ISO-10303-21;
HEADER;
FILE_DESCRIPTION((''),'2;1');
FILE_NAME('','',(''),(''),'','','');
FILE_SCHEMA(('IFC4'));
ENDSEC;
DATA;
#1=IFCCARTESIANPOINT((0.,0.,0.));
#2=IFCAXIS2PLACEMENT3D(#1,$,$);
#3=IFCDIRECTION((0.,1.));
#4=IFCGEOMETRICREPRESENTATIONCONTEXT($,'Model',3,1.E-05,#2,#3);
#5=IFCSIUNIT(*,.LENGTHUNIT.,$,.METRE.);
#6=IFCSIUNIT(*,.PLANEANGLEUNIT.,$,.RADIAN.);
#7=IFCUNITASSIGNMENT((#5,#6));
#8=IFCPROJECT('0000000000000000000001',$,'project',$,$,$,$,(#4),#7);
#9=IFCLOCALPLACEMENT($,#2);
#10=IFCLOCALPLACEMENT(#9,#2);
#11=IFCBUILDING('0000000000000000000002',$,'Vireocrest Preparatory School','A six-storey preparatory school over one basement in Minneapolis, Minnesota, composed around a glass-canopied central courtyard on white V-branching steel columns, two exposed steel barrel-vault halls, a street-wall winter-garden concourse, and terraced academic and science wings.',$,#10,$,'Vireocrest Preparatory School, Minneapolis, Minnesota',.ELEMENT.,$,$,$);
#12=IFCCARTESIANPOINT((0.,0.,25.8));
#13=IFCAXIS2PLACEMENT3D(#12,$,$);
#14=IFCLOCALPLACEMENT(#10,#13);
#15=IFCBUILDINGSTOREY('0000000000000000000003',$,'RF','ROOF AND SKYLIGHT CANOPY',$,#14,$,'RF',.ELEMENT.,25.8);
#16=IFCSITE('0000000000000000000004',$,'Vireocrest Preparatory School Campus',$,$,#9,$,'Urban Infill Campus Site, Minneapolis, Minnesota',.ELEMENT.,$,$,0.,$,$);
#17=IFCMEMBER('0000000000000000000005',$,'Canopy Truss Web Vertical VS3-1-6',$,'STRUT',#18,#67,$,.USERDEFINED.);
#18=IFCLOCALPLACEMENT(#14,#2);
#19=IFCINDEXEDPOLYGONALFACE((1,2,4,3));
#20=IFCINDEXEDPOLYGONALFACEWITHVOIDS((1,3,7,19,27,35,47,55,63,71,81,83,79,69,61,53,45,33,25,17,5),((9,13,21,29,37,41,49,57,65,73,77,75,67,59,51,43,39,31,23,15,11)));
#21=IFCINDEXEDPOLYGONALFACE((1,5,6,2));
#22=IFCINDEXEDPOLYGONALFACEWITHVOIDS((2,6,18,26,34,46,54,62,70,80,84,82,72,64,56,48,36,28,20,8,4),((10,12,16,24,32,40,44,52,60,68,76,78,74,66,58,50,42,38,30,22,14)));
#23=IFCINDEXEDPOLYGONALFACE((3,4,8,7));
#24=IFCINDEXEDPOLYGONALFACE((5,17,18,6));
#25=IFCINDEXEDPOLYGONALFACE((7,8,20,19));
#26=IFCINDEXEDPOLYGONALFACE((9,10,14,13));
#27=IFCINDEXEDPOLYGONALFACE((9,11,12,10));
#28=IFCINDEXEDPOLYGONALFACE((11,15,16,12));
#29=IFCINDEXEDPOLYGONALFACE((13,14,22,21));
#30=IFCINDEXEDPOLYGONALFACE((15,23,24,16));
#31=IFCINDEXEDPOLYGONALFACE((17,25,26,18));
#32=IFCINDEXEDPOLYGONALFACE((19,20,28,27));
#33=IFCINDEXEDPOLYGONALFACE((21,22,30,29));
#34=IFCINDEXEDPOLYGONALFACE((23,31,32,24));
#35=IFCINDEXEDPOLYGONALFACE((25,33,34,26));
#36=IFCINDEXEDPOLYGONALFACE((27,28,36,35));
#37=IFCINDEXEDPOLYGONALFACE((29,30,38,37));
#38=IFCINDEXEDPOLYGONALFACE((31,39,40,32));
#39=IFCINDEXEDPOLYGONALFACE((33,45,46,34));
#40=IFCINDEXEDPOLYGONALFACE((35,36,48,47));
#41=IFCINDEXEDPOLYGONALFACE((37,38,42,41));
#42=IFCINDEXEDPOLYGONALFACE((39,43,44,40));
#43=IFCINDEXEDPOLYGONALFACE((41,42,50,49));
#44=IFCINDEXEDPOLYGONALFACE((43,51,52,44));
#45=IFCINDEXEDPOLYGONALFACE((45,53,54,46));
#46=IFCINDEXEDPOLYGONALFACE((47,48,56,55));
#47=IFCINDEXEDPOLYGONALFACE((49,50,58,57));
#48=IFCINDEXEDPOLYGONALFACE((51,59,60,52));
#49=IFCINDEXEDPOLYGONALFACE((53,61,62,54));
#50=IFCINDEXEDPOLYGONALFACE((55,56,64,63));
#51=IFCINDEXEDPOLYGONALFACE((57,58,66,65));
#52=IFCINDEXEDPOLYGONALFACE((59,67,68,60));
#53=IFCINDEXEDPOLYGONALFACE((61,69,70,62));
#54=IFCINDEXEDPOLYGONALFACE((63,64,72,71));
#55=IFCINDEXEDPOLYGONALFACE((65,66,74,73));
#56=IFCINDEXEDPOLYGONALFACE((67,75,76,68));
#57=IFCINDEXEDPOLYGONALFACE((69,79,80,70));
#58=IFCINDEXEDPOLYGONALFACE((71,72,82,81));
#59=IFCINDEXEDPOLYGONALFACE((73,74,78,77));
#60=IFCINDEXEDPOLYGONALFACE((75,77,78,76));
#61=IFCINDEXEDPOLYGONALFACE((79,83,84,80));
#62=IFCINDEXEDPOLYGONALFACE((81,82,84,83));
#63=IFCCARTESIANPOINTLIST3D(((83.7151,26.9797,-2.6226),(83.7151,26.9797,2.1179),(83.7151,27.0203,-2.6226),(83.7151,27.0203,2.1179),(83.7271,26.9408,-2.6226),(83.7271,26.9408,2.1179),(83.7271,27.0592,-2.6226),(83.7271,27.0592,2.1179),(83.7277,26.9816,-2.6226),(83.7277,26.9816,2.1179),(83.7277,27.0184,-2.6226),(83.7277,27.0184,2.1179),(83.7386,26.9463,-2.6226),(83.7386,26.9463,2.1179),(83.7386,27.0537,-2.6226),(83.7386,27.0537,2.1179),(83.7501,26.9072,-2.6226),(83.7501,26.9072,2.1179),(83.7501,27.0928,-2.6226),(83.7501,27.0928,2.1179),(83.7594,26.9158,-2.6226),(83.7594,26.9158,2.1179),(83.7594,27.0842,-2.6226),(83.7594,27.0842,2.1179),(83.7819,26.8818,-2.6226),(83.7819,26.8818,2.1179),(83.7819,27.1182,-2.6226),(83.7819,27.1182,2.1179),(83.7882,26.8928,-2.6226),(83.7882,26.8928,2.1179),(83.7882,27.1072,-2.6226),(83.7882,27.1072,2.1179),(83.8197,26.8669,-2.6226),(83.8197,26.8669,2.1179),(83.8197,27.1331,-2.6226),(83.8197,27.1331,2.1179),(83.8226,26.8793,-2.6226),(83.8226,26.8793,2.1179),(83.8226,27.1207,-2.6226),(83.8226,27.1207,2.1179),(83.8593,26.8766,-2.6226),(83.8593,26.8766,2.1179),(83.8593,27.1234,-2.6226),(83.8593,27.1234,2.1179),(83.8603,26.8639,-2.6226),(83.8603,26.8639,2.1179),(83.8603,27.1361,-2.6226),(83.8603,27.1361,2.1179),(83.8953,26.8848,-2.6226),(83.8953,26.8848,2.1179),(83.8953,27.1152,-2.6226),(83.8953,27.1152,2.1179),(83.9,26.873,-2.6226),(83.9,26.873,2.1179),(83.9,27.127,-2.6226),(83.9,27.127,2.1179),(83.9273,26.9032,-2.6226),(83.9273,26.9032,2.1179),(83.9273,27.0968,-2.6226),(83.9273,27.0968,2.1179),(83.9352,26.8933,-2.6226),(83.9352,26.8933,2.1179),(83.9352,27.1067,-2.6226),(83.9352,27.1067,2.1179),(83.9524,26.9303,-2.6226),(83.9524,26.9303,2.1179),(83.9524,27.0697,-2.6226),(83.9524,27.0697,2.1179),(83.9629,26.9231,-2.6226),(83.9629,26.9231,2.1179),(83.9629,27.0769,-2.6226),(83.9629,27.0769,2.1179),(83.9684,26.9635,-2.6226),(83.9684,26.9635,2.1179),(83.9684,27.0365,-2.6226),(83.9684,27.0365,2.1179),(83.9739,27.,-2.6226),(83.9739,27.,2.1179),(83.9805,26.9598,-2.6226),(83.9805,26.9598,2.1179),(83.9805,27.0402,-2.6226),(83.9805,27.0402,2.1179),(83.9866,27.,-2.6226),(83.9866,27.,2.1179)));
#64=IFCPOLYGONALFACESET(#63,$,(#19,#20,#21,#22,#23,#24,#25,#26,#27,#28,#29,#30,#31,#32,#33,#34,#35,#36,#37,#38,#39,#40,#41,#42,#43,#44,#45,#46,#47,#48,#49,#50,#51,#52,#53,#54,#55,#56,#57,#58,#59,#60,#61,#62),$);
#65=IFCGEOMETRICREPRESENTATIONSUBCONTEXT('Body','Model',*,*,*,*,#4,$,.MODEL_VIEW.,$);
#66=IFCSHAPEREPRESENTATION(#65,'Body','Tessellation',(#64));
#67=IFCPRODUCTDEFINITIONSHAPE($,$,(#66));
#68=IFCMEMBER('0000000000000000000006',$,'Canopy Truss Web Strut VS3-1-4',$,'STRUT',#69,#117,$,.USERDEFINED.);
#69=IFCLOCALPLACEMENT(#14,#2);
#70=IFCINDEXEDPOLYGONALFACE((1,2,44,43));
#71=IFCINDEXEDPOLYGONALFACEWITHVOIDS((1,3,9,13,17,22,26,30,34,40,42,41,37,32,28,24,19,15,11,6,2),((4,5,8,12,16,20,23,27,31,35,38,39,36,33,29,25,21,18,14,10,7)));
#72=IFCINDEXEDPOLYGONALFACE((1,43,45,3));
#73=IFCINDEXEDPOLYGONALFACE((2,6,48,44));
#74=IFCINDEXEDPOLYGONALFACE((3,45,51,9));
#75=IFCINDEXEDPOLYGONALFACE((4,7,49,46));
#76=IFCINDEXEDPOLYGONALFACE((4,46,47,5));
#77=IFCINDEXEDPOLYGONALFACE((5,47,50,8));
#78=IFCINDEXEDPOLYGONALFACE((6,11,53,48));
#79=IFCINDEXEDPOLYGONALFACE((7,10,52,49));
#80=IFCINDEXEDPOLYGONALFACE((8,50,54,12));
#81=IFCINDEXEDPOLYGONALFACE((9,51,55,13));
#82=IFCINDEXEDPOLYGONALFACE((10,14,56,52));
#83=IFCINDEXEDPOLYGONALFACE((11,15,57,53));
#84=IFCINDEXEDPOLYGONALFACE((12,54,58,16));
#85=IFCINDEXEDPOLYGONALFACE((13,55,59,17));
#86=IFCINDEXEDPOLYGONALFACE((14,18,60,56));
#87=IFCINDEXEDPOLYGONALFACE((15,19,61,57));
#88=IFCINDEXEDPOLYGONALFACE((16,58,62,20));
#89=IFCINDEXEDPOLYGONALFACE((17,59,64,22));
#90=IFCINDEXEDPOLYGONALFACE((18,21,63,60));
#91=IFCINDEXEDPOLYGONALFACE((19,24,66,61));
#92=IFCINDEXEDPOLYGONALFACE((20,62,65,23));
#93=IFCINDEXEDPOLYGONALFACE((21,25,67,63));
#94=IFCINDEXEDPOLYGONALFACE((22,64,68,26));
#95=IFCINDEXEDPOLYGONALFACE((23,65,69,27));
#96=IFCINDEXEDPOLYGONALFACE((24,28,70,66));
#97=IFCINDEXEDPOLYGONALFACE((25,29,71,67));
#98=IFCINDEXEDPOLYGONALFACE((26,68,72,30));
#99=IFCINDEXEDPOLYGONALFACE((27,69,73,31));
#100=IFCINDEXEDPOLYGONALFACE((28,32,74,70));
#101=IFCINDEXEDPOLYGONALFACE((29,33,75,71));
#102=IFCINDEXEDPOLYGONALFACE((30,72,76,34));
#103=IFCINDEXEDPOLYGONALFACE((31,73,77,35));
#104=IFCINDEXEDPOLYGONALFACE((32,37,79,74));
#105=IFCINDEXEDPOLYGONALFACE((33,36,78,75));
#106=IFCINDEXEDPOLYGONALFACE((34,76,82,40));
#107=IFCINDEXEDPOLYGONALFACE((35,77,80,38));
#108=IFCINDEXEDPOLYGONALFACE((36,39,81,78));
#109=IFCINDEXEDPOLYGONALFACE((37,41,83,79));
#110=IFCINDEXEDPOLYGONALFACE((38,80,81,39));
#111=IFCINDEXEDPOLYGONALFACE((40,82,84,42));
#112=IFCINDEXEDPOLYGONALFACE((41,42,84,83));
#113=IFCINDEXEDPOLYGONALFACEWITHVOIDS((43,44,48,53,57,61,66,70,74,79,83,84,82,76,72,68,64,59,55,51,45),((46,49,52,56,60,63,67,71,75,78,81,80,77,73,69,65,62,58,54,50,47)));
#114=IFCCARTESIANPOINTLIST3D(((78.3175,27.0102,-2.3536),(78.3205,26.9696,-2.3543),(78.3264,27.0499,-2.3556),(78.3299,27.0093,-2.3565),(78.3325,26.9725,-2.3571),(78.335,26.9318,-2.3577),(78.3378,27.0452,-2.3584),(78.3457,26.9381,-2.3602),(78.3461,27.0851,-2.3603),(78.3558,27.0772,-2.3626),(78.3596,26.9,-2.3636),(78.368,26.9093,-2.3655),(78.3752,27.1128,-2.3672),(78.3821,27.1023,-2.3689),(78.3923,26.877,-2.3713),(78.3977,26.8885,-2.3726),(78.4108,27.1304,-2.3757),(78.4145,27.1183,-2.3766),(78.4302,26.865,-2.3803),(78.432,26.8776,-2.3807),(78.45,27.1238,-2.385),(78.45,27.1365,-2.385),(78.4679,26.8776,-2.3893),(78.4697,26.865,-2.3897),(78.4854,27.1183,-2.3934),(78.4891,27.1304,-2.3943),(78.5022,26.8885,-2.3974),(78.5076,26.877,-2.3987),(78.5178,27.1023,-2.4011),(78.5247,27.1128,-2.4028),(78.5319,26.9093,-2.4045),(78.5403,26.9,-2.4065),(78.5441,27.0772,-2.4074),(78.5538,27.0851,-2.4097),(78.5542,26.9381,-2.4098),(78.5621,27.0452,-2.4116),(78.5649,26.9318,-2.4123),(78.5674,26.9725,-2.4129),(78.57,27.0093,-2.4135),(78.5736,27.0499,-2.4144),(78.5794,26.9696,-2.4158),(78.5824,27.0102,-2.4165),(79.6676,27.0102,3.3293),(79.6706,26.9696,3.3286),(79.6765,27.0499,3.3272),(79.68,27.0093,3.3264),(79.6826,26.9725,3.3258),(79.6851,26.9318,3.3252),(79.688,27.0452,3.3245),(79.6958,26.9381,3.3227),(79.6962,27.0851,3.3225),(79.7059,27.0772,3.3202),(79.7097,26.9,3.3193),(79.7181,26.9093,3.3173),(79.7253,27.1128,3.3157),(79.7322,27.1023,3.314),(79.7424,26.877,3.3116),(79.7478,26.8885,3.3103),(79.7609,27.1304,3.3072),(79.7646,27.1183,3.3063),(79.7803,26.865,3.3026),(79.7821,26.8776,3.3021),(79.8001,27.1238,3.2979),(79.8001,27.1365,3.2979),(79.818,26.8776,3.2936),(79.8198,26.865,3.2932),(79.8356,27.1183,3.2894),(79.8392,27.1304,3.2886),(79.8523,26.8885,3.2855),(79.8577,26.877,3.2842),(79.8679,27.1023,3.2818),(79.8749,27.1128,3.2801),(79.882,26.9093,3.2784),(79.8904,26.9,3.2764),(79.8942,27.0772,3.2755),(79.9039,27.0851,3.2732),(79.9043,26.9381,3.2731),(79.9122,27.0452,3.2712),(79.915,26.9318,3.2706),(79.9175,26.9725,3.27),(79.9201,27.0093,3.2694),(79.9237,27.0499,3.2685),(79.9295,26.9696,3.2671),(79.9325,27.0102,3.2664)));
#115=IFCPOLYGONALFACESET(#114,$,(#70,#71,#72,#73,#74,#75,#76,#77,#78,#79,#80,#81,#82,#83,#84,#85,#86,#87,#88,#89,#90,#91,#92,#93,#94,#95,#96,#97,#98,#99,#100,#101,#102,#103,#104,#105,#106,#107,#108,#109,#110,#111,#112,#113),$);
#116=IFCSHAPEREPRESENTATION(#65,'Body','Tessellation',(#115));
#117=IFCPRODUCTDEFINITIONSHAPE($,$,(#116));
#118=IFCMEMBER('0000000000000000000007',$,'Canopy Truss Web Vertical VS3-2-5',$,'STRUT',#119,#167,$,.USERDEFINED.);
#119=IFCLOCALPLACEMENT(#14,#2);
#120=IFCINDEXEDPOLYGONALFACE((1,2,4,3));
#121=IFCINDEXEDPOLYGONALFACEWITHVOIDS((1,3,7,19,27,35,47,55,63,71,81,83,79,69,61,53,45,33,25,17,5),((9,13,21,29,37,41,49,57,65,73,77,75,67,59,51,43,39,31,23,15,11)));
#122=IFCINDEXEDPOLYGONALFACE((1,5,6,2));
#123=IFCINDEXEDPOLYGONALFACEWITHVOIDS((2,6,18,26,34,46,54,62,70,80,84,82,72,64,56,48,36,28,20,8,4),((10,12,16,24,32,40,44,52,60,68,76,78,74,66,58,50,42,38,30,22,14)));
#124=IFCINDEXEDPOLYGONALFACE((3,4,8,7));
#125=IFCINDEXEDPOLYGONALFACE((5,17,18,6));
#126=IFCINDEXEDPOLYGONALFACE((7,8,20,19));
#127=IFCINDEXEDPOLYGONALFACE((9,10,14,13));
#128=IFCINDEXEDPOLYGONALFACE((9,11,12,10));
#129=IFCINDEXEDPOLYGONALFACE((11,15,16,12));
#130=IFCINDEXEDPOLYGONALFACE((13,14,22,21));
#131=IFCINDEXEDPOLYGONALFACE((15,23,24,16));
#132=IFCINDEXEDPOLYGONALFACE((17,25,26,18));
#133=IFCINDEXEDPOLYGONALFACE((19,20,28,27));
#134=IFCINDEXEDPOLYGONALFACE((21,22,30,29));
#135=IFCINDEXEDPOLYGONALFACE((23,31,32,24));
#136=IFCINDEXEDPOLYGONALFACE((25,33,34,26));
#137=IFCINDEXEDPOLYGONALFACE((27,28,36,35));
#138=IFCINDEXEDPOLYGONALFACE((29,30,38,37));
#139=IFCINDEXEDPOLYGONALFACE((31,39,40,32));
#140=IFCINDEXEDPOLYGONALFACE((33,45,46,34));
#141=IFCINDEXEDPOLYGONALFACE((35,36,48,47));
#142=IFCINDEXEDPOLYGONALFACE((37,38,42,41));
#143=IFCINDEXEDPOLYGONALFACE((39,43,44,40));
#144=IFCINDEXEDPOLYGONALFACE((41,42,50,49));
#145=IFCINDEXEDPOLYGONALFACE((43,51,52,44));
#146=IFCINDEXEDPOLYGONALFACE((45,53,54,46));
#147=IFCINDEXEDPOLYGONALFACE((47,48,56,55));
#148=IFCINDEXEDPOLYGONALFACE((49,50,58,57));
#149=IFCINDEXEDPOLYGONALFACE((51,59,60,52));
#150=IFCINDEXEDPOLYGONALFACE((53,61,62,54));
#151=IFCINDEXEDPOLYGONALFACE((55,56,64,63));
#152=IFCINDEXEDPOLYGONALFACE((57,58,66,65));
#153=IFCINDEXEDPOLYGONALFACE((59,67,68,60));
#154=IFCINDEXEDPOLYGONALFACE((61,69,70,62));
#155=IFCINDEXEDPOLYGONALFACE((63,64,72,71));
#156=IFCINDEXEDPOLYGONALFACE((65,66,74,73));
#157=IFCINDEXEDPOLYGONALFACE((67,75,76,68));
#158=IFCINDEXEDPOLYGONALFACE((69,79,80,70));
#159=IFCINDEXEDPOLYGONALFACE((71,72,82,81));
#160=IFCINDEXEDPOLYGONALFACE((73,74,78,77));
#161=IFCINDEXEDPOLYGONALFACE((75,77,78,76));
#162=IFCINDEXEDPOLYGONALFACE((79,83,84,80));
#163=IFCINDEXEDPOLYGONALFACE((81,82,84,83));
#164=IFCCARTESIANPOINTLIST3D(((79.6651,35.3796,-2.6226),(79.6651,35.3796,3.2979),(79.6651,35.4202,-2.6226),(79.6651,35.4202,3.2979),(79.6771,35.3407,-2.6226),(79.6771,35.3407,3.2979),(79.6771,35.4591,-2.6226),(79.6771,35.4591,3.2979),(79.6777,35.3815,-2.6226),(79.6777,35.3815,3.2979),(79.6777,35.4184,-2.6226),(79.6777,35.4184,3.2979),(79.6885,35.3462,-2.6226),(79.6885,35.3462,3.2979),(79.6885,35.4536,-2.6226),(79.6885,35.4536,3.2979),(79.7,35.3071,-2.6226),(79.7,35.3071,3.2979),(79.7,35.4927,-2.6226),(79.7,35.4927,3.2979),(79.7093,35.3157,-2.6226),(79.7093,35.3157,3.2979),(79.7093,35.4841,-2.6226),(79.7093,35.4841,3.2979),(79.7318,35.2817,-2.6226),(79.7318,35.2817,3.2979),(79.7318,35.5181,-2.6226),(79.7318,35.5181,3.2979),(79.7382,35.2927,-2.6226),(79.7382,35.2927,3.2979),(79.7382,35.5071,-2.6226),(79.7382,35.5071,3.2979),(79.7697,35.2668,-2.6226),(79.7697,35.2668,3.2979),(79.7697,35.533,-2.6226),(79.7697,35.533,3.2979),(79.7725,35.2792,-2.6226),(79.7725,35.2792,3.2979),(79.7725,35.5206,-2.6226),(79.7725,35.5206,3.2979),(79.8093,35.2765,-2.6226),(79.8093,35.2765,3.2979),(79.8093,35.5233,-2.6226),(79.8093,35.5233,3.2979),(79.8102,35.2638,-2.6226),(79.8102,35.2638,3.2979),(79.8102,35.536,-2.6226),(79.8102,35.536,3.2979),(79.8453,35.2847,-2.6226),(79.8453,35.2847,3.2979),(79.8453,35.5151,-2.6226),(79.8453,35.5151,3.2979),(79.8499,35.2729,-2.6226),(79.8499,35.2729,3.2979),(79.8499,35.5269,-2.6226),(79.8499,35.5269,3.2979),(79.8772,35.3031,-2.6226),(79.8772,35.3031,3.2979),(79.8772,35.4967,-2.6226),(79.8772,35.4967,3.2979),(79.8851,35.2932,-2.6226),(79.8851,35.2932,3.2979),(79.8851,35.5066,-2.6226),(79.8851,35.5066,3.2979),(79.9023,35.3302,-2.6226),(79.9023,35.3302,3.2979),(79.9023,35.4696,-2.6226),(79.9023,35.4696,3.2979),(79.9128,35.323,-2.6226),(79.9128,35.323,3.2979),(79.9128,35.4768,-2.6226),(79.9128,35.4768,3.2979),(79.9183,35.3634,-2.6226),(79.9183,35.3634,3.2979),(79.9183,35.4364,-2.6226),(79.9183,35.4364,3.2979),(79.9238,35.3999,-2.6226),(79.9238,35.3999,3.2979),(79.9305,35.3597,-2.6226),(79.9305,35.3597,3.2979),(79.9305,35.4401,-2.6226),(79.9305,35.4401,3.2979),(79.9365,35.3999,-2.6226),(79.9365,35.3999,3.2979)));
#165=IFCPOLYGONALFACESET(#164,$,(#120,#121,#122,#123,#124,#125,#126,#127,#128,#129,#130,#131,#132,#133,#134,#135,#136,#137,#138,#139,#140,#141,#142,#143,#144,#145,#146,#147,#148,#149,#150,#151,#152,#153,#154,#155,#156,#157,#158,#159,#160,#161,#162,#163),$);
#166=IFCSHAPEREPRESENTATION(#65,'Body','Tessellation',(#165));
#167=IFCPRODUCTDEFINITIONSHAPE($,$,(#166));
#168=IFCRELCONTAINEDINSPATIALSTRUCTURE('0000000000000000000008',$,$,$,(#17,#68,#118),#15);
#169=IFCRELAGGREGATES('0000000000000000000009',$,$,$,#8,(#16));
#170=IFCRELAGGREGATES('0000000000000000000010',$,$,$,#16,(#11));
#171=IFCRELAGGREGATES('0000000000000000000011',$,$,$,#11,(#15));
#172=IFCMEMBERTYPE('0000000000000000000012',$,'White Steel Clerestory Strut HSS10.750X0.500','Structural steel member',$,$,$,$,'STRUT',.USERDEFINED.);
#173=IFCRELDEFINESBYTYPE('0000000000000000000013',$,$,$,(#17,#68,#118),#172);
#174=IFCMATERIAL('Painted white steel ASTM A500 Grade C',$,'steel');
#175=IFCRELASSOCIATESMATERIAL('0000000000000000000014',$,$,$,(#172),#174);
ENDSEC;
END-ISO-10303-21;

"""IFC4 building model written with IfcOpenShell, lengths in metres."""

from ifc_helpers import new_model, si_unit, direction, frame, origin, origin_2d, place, context, subcontext, project, spatial, hollow_circle, extrude, material, material_profile, profile_set, type_object, element, save


model = new_model("IFC4")

# Units and contexts
model_context = context("Model", 3, precision=1e-05, world=origin(), true_north=direction((0.0, 1.0)))
body_context = subcontext(model_context, "Body", "Model", "MODEL_VIEW")
ifc_project = project(units=[si_unit("LENGTHUNIT", "METRE"), si_unit("PLANEANGLEUNIT", "RADIAN")], contexts=[model_context])

# Site, building, storey
site_placement = place(None, origin())
site = spatial("IfcSite", under=ifc_project, at=site_placement, Name="Vireocrest Preparatory School Campus", LongName="Urban Infill Campus Site, Minneapolis, Minnesota", CompositionType="ELEMENT", RefElevation=0.0)
building_placement = place(site_placement, origin())
building = spatial("IfcBuilding", under=site, at=building_placement, Name="Vireocrest Preparatory School", Description="A six-storey preparatory school over one basement in Minneapolis, Minnesota, composed around a glass-canopied central courtyard on white V-branching steel columns, two exposed steel barrel-vault halls, a street-wall winter-garden concourse, and terraced academic and science wings.", LongName="Vireocrest Preparatory School, Minneapolis, Minnesota", CompositionType="ELEMENT")
storey_placement = place(building_placement, frame((0.0, 0.0, 25.8)))
storey = spatial("IfcBuildingStorey", under=building, at=storey_placement, Name="RF", Description="ROOF AND SKYLIGHT CANOPY", LongName="RF", CompositionType="ELEMENT", Elevation=25.8)

# Shared definitions
ifc_material_1 = material(Name="Painted white steel ASTM A500 Grade C", Category="steel")

# Members
ifc_material_profile_1 = material_profile(ifc_material_1, hollow_circle(Radius=0.1365, WallThickness=0.0127, at=origin_2d()), Name="HSS10.750X0.500")
ifc_profile_set_1 = profile_set([ifc_material_profile_1], Name="Painted white steel ASTM A500 Grade C")
member_type_1 = type_object("IfcMemberType", Name="White Steel Clerestory Strut HSS10.750X0.500", Description="Structural steel member", ElementType="STRUT", PredefinedType="USERDEFINED", material=ifc_profile_set_1)
member_1_placement = place(storey_placement, frame((83.8501, 27.0, -2.6226), z_axis=(0.0, 0.0, 1.0), x_axis=(1.0, 0.0, 0.0)))
element("IfcMember", 1, at=member_1_placement, inside=storey, type_object=member_type_1, Name="Canopy Truss Web Vertical VS3-1-6", ObjectType="STRUT", PredefinedType="USERDEFINED", context=body_context, shape_type="SweptSolid", body=[
    extrude(hollow_circle(Radius=0.1365, WallThickness=0.0127, at=origin_2d()), origin(), (0.0, 0.0, 1.0), 4.7405),
])
member_2_placement = place(storey_placement, frame((78.45, 27.0, -2.385), z_axis=(0.23114, 0.0, 0.97292), x_axis=(0.0, 1.0, 0.0)))
element("IfcMember", 2, at=member_2_placement, inside=storey, type_object=member_type_1, Name="Canopy Truss Web Strut VS3-1-4", ObjectType="STRUT", PredefinedType="USERDEFINED", context=body_context, shape_type="SweptSolid", body=[
    extrude(hollow_circle(Radius=0.1365, WallThickness=0.0127, at=origin_2d()), origin(), (0.0, 0.0, 1.0), 5.8411),
])
member_3_placement = place(storey_placement, frame((79.8, 35.3999, -2.6226), z_axis=(0.0, 0.0, 1.0), x_axis=(1.0, 0.0, 0.0)))
element("IfcMember", 3, at=member_3_placement, inside=storey, type_object=member_type_1, Name="Canopy Truss Web Vertical VS3-2-5", ObjectType="STRUT", PredefinedType="USERDEFINED", context=body_context, shape_type="SweptSolid", body=[
    extrude(hollow_circle(Radius=0.1365, WallThickness=0.0127, at=origin_2d()), origin(), (0.0, 0.0, 1.0), 5.9204),
])

save(model, "model.ifc")
